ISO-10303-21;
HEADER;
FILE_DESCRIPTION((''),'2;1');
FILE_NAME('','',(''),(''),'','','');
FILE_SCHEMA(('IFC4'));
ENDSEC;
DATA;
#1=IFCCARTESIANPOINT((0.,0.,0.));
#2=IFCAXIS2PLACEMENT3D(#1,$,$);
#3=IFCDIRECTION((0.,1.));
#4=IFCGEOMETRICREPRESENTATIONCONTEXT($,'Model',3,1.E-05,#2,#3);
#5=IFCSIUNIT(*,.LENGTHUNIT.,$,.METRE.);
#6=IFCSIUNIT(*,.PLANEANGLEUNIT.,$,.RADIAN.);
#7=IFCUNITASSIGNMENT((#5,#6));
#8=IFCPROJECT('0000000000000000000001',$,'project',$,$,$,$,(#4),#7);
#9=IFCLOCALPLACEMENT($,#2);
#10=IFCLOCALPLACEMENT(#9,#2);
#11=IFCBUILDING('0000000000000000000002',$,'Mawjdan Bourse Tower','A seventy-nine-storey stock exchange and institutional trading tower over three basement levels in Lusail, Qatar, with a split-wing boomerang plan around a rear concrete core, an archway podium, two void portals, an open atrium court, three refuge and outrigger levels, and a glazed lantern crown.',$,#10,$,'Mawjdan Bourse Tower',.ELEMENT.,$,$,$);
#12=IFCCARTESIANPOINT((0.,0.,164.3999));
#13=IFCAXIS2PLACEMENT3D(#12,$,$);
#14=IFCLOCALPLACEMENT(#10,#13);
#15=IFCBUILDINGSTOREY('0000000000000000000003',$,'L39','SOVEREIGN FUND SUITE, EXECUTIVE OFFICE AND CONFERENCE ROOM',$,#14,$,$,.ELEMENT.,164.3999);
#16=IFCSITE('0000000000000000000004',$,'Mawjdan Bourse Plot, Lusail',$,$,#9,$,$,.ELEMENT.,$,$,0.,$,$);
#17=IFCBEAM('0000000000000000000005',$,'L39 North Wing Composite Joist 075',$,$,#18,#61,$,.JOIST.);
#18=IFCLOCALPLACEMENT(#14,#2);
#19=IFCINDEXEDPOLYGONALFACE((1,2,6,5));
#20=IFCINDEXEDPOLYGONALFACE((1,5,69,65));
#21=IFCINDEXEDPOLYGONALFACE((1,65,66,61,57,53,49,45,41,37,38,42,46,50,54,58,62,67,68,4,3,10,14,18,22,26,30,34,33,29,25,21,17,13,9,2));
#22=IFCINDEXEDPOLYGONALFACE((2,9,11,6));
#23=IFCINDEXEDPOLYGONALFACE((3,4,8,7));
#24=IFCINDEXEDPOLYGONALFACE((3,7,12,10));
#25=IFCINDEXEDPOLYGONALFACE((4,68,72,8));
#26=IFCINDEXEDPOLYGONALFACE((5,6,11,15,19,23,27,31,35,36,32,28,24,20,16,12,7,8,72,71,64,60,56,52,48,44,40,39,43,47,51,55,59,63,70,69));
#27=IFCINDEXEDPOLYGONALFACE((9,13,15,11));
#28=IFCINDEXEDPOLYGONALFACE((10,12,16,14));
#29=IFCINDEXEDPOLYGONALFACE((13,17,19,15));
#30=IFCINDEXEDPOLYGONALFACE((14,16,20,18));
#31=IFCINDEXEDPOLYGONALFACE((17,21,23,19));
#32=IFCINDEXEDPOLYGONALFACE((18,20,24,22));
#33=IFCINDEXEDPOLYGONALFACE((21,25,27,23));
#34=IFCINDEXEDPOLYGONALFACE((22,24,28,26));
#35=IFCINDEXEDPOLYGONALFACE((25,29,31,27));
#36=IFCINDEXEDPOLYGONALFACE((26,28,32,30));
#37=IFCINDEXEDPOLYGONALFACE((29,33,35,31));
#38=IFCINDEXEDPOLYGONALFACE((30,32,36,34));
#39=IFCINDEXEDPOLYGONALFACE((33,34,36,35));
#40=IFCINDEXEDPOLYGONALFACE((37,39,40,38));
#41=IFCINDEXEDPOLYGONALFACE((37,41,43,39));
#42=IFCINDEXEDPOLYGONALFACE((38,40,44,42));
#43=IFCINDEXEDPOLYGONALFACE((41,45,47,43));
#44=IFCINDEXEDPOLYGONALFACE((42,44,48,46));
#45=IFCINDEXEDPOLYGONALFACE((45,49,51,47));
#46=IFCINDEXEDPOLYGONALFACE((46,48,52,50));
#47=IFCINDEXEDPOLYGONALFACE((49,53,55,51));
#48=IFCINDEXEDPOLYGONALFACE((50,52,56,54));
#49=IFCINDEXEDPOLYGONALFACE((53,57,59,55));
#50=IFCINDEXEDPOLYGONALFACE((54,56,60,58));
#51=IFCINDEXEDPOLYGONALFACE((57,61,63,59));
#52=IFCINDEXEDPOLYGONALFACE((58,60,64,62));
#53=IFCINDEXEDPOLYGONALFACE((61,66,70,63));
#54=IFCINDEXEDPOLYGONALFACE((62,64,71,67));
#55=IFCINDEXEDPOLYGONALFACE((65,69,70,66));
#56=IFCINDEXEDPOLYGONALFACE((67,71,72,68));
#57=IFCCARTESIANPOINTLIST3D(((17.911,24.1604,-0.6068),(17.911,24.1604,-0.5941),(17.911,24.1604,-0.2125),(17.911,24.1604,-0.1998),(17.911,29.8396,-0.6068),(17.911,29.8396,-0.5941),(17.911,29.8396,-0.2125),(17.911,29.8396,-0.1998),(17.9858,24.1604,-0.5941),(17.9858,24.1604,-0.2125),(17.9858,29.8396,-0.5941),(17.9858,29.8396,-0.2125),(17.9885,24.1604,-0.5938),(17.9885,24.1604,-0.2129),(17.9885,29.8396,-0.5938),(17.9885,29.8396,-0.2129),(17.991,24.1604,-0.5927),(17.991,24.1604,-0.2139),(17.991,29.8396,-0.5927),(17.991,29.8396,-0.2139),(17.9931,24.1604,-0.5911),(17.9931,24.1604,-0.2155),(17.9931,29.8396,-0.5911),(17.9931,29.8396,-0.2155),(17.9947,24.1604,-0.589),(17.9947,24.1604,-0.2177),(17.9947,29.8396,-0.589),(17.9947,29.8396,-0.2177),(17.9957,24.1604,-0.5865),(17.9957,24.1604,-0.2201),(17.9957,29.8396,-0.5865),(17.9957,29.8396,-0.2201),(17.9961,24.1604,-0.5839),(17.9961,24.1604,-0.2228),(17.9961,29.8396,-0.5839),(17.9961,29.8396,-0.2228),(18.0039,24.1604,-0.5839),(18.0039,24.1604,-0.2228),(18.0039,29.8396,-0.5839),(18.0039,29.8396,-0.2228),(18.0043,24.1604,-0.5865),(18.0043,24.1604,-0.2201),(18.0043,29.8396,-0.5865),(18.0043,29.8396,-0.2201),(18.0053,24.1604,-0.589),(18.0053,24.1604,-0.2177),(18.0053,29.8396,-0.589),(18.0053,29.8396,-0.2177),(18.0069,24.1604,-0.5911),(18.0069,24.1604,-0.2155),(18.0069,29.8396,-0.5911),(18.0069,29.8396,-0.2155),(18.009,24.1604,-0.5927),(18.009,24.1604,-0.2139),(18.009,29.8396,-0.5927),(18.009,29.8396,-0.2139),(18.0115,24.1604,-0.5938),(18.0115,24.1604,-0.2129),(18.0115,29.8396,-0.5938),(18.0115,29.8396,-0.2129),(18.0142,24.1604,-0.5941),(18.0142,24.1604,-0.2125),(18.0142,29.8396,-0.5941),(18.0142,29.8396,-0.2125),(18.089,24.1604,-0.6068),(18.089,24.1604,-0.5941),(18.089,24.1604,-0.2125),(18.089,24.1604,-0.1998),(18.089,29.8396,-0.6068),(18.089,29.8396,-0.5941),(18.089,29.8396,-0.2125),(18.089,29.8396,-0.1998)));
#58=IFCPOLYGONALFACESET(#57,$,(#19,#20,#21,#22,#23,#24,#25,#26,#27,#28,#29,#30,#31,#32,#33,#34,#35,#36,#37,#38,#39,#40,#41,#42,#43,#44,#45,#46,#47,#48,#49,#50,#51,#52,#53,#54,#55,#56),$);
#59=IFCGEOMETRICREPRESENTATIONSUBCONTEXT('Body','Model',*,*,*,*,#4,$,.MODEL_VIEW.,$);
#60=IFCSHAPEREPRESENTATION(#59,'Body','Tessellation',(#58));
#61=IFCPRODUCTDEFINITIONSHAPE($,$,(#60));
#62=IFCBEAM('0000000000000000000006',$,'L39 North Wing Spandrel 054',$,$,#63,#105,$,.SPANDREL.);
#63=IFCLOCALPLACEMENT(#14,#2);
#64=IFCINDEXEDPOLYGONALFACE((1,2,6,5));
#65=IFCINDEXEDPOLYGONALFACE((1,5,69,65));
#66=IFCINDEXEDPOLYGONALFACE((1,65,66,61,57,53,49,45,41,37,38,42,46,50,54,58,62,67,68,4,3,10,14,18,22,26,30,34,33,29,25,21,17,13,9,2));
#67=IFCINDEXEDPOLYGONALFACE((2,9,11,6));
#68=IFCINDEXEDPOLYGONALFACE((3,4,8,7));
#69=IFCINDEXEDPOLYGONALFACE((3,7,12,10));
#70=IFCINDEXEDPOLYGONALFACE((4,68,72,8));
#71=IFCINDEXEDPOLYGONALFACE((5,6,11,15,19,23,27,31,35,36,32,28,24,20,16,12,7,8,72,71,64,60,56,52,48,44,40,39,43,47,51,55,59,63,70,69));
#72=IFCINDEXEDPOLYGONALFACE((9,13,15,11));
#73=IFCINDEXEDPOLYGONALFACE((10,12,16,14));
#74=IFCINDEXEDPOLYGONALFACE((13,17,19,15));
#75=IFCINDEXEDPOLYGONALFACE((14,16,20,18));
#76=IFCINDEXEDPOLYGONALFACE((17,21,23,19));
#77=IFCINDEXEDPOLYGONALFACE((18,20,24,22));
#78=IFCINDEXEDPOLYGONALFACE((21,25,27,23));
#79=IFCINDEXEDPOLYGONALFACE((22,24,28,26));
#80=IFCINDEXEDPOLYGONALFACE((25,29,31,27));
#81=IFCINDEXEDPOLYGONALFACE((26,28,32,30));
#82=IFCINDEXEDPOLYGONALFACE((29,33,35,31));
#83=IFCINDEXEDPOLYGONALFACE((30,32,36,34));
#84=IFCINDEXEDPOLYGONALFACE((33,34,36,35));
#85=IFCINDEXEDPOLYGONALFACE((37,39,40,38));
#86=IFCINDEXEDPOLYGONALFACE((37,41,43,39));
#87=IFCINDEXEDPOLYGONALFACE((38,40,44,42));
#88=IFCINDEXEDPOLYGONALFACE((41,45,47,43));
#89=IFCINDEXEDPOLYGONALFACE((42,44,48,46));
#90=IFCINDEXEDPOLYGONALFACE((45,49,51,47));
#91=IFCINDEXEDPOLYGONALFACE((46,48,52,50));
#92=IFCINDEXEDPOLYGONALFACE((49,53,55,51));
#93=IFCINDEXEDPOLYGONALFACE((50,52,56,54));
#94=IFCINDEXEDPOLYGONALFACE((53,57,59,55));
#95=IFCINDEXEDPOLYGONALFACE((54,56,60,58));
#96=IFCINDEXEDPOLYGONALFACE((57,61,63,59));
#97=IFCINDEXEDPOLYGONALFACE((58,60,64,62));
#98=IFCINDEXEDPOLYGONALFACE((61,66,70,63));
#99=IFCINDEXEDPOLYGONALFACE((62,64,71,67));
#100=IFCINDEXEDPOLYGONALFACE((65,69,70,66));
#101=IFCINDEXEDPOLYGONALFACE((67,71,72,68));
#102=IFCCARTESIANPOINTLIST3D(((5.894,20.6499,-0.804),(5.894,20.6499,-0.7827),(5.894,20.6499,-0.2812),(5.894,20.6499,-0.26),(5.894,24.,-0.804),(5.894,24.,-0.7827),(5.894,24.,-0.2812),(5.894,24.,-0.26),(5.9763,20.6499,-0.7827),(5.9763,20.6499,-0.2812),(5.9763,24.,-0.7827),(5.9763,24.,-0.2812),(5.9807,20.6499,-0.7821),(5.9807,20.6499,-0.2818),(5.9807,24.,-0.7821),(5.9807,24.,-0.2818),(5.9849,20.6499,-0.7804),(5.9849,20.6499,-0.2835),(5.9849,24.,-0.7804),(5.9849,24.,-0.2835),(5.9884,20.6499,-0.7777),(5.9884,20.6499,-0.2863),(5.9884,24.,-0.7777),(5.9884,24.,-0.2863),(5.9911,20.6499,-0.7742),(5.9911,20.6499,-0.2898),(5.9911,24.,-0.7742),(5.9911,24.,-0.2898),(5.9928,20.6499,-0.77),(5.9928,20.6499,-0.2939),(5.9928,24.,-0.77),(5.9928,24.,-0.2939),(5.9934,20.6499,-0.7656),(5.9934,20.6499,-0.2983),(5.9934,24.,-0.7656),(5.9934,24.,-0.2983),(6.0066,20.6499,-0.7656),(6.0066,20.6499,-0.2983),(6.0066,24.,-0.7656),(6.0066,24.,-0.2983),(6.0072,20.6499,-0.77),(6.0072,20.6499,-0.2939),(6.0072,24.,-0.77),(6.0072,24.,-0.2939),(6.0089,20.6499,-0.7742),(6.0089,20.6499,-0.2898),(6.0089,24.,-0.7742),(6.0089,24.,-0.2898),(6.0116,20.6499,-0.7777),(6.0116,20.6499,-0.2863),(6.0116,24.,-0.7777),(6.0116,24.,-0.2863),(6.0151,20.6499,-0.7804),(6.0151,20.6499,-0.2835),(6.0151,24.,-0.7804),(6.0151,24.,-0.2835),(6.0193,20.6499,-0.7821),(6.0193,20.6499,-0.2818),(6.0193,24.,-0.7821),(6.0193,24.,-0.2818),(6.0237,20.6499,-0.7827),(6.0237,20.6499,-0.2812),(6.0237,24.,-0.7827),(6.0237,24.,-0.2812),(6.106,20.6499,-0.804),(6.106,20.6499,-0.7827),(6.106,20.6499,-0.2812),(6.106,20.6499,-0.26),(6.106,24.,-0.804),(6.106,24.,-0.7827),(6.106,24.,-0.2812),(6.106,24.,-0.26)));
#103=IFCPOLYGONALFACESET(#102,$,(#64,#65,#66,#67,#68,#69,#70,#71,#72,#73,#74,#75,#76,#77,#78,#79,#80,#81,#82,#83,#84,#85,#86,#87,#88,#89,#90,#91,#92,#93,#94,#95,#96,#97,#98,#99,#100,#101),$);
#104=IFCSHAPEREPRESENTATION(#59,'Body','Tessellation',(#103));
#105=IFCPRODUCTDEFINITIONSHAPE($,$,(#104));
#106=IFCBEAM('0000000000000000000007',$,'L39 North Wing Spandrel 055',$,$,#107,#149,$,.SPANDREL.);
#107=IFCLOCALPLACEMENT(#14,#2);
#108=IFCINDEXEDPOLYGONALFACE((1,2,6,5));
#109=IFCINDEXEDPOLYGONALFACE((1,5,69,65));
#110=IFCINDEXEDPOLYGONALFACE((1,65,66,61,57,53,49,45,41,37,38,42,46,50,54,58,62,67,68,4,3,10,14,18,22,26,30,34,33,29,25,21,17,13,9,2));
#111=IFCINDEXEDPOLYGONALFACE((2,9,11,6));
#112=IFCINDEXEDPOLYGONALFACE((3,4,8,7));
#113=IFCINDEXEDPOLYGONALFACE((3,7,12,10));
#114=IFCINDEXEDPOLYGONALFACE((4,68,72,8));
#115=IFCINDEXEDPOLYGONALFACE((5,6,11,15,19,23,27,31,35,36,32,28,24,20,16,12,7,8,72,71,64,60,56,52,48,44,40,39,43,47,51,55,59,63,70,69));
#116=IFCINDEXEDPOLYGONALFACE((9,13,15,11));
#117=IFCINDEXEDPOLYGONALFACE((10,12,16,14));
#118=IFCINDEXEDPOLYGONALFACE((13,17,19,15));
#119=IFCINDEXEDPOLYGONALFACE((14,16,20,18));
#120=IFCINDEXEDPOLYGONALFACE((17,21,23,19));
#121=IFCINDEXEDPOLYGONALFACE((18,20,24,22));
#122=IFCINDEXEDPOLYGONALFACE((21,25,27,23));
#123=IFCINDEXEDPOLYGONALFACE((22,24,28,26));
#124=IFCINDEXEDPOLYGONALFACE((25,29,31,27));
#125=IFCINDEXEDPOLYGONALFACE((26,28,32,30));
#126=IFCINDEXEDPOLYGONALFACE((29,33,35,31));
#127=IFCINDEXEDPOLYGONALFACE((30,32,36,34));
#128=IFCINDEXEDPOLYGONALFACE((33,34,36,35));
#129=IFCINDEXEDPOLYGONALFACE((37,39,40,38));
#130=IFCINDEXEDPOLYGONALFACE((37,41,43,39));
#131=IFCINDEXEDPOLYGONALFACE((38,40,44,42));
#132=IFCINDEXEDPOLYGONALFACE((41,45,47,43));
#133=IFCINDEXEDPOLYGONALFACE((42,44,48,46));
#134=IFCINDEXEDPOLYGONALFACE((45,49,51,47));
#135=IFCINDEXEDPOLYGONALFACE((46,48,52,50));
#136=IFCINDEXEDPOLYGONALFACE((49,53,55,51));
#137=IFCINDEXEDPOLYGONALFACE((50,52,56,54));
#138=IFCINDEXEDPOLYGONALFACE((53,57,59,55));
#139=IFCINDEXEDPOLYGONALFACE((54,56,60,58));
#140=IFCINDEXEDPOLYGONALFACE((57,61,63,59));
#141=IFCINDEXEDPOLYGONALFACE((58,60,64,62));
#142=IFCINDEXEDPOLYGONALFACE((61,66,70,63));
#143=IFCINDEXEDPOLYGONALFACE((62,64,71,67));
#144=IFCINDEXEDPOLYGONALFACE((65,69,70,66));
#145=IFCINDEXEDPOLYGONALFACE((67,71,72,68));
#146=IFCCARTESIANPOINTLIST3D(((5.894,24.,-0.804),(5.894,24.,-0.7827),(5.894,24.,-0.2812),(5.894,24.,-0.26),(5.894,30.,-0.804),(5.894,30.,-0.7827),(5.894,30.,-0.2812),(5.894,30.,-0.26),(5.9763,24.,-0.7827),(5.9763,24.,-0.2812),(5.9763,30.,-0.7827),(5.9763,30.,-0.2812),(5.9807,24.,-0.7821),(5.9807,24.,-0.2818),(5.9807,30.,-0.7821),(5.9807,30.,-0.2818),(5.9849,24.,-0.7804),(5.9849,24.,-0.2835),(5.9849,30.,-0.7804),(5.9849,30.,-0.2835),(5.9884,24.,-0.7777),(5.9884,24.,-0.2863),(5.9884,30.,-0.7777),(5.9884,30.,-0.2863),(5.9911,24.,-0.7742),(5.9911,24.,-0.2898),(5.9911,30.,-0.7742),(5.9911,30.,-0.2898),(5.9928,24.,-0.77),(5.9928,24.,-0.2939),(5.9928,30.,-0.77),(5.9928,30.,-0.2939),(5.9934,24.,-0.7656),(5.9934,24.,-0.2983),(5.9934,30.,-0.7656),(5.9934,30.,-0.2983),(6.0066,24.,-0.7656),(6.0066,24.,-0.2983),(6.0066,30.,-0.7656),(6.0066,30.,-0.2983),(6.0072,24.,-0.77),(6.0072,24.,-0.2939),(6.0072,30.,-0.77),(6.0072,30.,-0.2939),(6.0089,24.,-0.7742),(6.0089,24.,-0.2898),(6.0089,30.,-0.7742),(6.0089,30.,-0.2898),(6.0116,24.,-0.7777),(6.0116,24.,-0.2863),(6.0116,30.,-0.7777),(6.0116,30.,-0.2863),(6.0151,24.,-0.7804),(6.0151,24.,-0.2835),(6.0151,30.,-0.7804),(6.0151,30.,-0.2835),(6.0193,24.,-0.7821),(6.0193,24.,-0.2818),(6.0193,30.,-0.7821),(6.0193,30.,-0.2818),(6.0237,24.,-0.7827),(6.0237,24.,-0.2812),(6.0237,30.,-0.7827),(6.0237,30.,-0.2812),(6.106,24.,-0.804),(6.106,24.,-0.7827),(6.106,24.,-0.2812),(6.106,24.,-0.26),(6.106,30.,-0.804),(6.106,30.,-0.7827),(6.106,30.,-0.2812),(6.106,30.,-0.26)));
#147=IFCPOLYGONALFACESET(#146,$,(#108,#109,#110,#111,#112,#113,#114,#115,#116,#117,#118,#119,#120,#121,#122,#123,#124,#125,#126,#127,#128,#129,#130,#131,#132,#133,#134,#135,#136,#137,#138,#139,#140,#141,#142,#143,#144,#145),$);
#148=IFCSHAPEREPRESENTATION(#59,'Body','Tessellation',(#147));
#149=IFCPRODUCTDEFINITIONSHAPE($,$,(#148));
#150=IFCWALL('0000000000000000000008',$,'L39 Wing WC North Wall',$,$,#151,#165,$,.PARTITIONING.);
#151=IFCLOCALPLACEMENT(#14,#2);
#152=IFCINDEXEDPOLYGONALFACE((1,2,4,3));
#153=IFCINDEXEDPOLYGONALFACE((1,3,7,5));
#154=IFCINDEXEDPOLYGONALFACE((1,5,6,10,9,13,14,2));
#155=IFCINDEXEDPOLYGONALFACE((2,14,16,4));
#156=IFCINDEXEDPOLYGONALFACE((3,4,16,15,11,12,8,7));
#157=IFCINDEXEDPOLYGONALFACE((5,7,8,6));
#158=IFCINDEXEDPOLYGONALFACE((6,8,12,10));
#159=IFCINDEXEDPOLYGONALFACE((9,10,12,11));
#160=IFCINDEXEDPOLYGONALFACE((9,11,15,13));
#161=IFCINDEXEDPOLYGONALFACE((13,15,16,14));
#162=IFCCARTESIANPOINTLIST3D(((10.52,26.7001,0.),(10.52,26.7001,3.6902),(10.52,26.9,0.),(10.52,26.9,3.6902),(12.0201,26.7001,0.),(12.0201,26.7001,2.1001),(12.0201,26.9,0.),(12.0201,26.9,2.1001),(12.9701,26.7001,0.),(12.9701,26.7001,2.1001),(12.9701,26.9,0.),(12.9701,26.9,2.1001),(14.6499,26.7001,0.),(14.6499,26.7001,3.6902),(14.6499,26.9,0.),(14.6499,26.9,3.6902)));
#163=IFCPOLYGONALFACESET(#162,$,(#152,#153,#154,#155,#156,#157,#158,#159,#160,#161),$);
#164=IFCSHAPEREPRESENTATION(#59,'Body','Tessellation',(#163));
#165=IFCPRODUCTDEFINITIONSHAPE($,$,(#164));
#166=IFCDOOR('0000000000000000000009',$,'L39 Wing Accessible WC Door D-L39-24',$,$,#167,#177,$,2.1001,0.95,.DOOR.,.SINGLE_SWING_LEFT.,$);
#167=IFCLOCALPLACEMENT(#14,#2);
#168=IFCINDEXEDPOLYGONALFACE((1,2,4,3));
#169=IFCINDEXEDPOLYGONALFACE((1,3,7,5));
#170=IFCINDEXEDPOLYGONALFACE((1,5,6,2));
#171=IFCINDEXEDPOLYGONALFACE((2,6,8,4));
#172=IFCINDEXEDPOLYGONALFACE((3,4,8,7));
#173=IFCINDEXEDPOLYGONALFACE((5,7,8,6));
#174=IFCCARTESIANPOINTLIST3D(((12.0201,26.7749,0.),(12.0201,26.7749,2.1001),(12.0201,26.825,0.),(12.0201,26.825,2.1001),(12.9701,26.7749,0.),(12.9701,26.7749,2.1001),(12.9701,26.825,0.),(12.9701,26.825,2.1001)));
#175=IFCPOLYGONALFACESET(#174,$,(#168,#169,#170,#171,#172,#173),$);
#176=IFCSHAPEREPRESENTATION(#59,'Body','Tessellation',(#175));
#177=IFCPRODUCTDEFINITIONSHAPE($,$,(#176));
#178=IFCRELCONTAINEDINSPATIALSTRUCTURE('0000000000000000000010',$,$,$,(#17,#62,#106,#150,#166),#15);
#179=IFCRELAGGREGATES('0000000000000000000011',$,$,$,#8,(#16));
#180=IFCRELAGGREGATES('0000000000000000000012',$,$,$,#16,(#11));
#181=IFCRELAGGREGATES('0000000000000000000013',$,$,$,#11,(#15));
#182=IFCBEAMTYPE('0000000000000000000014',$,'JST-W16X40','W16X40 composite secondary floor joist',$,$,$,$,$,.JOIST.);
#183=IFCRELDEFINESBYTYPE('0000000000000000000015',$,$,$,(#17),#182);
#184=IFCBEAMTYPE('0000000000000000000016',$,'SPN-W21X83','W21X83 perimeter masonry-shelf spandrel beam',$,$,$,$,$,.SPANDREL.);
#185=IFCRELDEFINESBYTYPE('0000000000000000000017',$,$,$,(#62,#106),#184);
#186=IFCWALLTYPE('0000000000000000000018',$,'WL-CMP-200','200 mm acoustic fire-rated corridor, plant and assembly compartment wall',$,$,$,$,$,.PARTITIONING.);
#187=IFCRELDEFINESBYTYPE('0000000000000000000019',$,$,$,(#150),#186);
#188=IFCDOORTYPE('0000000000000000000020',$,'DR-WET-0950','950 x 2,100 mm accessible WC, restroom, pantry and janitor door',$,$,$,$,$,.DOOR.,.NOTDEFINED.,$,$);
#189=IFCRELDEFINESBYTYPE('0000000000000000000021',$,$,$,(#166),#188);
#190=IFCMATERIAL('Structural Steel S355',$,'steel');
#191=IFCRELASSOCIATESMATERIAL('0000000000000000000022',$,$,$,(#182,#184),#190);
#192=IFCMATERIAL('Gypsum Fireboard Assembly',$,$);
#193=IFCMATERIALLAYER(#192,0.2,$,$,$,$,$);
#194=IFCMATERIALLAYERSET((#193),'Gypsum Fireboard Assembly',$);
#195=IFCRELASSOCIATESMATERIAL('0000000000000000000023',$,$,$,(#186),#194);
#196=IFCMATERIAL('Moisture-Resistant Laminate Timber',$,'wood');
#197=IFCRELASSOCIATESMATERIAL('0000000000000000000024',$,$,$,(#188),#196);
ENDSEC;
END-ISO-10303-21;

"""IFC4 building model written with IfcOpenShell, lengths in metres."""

from ifc_helpers import new_model, si_unit, direction, frame, frame_2d, origin, origin_2d, place, context, subcontext, project, spatial, rectangle, i_section, extrude, material, layer, layer_set, material_profile, profile_set, type_object, element, fill, save


model = new_model("IFC4")

# Units and contexts
model_context = context("Model", 3, precision=1e-05, world=origin(), true_north=direction((0.0, 1.0)))
body_context = subcontext(model_context, "Body", "Model", "MODEL_VIEW")
ifc_project = project(units=[si_unit("LENGTHUNIT", "METRE"), si_unit("PLANEANGLEUNIT", "RADIAN")], contexts=[model_context])

# Site, building, storey
site_placement = place(None, origin())
site = spatial("IfcSite", under=ifc_project, at=site_placement, Name="Mawjdan Bourse Plot, Lusail", CompositionType="ELEMENT", RefElevation=0.0)
building_placement = place(site_placement, origin())
building = spatial("IfcBuilding", under=site, at=building_placement, Name="Mawjdan Bourse Tower", Description="A seventy-nine-storey stock exchange and institutional trading tower over three basement levels in Lusail, Qatar, with a split-wing boomerang plan around a rear concrete core, an archway podium, two void portals, an open atrium court, three refuge and outrigger levels, and a glazed lantern crown.", LongName="Mawjdan Bourse Tower", CompositionType="ELEMENT")
storey_placement = place(building_placement, frame((0.0, 0.0, 164.3999)))
storey = spatial("IfcBuildingStorey", under=building, at=storey_placement, Name="L39", Description="SOVEREIGN FUND SUITE, EXECUTIVE OFFICE AND CONFERENCE ROOM", CompositionType="ELEMENT", Elevation=164.3999)

# Beams
ifc_material_1 = material(Name="Structural Steel S355", Category="steel")
ifc_material_profile_1 = material_profile(ifc_material_1, i_section(OverallWidth=0.178, OverallDepth=0.407, WebThickness=0.0078, FlangeThickness=0.0127, FilletRadius=0.0103, at=origin_2d()), Name="W16X40")
ifc_profile_set_1 = profile_set([ifc_material_profile_1], Name="Structural Steel S355")
beam_type_1 = type_object("IfcBeamType", Name="JST-W16X40", Description="W16X40 composite secondary floor joist", PredefinedType="JOIST", material=ifc_profile_set_1)
beam_1_placement = place(storey_placement, frame((18.0, 24.1604, -0.4033), z_axis=(0.0, 1.0, 0.0), x_axis=(-1.0, 0.0, 0.0)))
element("IfcBeam", 1, at=beam_1_placement, inside=storey, type_object=beam_type_1, Name="L39 North Wing Composite Joist 075", PredefinedType="JOIST", context=body_context, shape_type="SweptSolid", body=[
    extrude(i_section(OverallWidth=0.178, OverallDepth=0.407, WebThickness=0.0078, FlangeThickness=0.0127, FilletRadius=0.0103, at=origin_2d()), origin(), (0.0, 0.0, 1.0), 5.6792),
])
ifc_material_profile_2 = material_profile(ifc_material_1, i_section(OverallWidth=0.2119, OverallDepth=0.5439, WebThickness=0.0132, FlangeThickness=0.0212, FilletRadius=0.0171, at=origin_2d()), Name="W21X83")
ifc_profile_set_2 = profile_set([ifc_material_profile_2], Name="Structural Steel S355")
beam_type_2 = type_object("IfcBeamType", Name="SPN-W21X83", Description="W21X83 perimeter masonry-shelf spandrel beam", PredefinedType="SPANDREL", material=ifc_profile_set_2)
beam_2_placement = place(storey_placement, frame((6.0, 20.6499, -0.532), z_axis=(0.0, 1.0, 0.0), x_axis=(-1.0, 0.0, 0.0)))
element("IfcBeam", 2, at=beam_2_placement, inside=storey, type_object=beam_type_2, Name="L39 North Wing Spandrel 054", PredefinedType="SPANDREL", context=body_context, shape_type="SweptSolid", body=[
    extrude(i_section(OverallWidth=0.2119, OverallDepth=0.5439, WebThickness=0.0132, FlangeThickness=0.0212, FilletRadius=0.0171, at=origin_2d()), origin(), (0.0, 0.0, 1.0), 3.3501),
])
beam_3_placement = place(storey_placement, frame((6.0, 24.0, -0.532), z_axis=(0.0, 1.0, 0.0), x_axis=(-1.0, 0.0, 0.0)))
element("IfcBeam", 3, at=beam_3_placement, inside=storey, type_object=beam_type_2, Name="L39 North Wing Spandrel 055", PredefinedType="SPANDREL", context=body_context, shape_type="SweptSolid", body=[
    extrude(i_section(OverallWidth=0.2119, OverallDepth=0.5439, WebThickness=0.0132, FlangeThickness=0.0212, FilletRadius=0.0171, at=origin_2d()), origin(), (0.0, 0.0, 1.0), 6.0),
])

# Wall, opening, door
ifc_material_2 = material(Name="Gypsum Fireboard Assembly")
ifc_layer_1 = layer(ifc_material_2, 0.2)
ifc_layer_set_1 = layer_set([ifc_layer_1], Name="Gypsum Fireboard Assembly")
wall_type_1 = type_object("IfcWallType", Name="WL-CMP-200", Description="200 mm acoustic fire-rated corridor, plant and assembly compartment wall", PredefinedType="PARTITIONING", material=ifc_layer_set_1)
wall_1_placement = place(storey_placement, frame((10.52, 26.8, 0.0), z_axis=(0.0, 0.0, 1.0), x_axis=(1.0, 0.0, 0.0)))
wall_1 = element("IfcWall", 4, at=wall_1_placement, inside=storey, type_object=wall_type_1, Name="L39 Wing WC North Wall", PredefinedType="PARTITIONING", context=body_context, shape_type="SweptSolid", body=[
    extrude(rectangle(XDim=4.1299, YDim=0.2, at=frame_2d((2.0649, 0.0))), origin(), (0.0, 0.0, 1.0), 3.6902),
])
opening_1_placement = place(wall_1_placement, frame((1.5, 0.0, 0.0)))
opening_1 = element("IfcOpeningElement", 5, at=opening_1_placement, cuts=wall_1, PredefinedType="OPENING", context=body_context, shape_type="SweptSolid", body=[
    extrude(rectangle(XDim=0.95, YDim=2.1001, at=frame_2d((0.4751, 1.05))), frame((0.0, 0.1099, 0.0), z_axis=(0.0, -1.0, 0.0), x_axis=(1.0, 0.0, 0.0)), (0.0, 0.0, 1.0), 0.22),
])
ifc_material_3 = material(Name="Moisture-Resistant Laminate Timber", Category="wood")
door_type_1 = type_object("IfcDoorType", Name="DR-WET-0950", Description="950 x 2,100 mm accessible WC, restroom, pantry and janitor door", OperationType="NOTDEFINED", PredefinedType="DOOR", material=ifc_material_3)
door_1_placement = place(opening_1_placement, origin())
door_1 = element("IfcDoor", 6, at=door_1_placement, inside=storey, type_object=door_type_1, Name="L39 Wing Accessible WC Door D-L39-24", OperationType="SINGLE_SWING_LEFT", OverallHeight=2.1001, OverallWidth=0.95, PredefinedType="DOOR", context=body_context, shape_type="SweptSolid", body=[
    extrude(rectangle(XDim=0.95, YDim=2.1001, at=frame_2d((0.4751, 1.05))), frame((0.0, 0.0249, 0.0), z_axis=(0.0, -1.0, 0.0), x_axis=(1.0, 0.0, 0.0)), (0.0, 0.0, 1.0), 0.05),
])
fill(opening_1, door_1)

save(model, "model.ifc")
